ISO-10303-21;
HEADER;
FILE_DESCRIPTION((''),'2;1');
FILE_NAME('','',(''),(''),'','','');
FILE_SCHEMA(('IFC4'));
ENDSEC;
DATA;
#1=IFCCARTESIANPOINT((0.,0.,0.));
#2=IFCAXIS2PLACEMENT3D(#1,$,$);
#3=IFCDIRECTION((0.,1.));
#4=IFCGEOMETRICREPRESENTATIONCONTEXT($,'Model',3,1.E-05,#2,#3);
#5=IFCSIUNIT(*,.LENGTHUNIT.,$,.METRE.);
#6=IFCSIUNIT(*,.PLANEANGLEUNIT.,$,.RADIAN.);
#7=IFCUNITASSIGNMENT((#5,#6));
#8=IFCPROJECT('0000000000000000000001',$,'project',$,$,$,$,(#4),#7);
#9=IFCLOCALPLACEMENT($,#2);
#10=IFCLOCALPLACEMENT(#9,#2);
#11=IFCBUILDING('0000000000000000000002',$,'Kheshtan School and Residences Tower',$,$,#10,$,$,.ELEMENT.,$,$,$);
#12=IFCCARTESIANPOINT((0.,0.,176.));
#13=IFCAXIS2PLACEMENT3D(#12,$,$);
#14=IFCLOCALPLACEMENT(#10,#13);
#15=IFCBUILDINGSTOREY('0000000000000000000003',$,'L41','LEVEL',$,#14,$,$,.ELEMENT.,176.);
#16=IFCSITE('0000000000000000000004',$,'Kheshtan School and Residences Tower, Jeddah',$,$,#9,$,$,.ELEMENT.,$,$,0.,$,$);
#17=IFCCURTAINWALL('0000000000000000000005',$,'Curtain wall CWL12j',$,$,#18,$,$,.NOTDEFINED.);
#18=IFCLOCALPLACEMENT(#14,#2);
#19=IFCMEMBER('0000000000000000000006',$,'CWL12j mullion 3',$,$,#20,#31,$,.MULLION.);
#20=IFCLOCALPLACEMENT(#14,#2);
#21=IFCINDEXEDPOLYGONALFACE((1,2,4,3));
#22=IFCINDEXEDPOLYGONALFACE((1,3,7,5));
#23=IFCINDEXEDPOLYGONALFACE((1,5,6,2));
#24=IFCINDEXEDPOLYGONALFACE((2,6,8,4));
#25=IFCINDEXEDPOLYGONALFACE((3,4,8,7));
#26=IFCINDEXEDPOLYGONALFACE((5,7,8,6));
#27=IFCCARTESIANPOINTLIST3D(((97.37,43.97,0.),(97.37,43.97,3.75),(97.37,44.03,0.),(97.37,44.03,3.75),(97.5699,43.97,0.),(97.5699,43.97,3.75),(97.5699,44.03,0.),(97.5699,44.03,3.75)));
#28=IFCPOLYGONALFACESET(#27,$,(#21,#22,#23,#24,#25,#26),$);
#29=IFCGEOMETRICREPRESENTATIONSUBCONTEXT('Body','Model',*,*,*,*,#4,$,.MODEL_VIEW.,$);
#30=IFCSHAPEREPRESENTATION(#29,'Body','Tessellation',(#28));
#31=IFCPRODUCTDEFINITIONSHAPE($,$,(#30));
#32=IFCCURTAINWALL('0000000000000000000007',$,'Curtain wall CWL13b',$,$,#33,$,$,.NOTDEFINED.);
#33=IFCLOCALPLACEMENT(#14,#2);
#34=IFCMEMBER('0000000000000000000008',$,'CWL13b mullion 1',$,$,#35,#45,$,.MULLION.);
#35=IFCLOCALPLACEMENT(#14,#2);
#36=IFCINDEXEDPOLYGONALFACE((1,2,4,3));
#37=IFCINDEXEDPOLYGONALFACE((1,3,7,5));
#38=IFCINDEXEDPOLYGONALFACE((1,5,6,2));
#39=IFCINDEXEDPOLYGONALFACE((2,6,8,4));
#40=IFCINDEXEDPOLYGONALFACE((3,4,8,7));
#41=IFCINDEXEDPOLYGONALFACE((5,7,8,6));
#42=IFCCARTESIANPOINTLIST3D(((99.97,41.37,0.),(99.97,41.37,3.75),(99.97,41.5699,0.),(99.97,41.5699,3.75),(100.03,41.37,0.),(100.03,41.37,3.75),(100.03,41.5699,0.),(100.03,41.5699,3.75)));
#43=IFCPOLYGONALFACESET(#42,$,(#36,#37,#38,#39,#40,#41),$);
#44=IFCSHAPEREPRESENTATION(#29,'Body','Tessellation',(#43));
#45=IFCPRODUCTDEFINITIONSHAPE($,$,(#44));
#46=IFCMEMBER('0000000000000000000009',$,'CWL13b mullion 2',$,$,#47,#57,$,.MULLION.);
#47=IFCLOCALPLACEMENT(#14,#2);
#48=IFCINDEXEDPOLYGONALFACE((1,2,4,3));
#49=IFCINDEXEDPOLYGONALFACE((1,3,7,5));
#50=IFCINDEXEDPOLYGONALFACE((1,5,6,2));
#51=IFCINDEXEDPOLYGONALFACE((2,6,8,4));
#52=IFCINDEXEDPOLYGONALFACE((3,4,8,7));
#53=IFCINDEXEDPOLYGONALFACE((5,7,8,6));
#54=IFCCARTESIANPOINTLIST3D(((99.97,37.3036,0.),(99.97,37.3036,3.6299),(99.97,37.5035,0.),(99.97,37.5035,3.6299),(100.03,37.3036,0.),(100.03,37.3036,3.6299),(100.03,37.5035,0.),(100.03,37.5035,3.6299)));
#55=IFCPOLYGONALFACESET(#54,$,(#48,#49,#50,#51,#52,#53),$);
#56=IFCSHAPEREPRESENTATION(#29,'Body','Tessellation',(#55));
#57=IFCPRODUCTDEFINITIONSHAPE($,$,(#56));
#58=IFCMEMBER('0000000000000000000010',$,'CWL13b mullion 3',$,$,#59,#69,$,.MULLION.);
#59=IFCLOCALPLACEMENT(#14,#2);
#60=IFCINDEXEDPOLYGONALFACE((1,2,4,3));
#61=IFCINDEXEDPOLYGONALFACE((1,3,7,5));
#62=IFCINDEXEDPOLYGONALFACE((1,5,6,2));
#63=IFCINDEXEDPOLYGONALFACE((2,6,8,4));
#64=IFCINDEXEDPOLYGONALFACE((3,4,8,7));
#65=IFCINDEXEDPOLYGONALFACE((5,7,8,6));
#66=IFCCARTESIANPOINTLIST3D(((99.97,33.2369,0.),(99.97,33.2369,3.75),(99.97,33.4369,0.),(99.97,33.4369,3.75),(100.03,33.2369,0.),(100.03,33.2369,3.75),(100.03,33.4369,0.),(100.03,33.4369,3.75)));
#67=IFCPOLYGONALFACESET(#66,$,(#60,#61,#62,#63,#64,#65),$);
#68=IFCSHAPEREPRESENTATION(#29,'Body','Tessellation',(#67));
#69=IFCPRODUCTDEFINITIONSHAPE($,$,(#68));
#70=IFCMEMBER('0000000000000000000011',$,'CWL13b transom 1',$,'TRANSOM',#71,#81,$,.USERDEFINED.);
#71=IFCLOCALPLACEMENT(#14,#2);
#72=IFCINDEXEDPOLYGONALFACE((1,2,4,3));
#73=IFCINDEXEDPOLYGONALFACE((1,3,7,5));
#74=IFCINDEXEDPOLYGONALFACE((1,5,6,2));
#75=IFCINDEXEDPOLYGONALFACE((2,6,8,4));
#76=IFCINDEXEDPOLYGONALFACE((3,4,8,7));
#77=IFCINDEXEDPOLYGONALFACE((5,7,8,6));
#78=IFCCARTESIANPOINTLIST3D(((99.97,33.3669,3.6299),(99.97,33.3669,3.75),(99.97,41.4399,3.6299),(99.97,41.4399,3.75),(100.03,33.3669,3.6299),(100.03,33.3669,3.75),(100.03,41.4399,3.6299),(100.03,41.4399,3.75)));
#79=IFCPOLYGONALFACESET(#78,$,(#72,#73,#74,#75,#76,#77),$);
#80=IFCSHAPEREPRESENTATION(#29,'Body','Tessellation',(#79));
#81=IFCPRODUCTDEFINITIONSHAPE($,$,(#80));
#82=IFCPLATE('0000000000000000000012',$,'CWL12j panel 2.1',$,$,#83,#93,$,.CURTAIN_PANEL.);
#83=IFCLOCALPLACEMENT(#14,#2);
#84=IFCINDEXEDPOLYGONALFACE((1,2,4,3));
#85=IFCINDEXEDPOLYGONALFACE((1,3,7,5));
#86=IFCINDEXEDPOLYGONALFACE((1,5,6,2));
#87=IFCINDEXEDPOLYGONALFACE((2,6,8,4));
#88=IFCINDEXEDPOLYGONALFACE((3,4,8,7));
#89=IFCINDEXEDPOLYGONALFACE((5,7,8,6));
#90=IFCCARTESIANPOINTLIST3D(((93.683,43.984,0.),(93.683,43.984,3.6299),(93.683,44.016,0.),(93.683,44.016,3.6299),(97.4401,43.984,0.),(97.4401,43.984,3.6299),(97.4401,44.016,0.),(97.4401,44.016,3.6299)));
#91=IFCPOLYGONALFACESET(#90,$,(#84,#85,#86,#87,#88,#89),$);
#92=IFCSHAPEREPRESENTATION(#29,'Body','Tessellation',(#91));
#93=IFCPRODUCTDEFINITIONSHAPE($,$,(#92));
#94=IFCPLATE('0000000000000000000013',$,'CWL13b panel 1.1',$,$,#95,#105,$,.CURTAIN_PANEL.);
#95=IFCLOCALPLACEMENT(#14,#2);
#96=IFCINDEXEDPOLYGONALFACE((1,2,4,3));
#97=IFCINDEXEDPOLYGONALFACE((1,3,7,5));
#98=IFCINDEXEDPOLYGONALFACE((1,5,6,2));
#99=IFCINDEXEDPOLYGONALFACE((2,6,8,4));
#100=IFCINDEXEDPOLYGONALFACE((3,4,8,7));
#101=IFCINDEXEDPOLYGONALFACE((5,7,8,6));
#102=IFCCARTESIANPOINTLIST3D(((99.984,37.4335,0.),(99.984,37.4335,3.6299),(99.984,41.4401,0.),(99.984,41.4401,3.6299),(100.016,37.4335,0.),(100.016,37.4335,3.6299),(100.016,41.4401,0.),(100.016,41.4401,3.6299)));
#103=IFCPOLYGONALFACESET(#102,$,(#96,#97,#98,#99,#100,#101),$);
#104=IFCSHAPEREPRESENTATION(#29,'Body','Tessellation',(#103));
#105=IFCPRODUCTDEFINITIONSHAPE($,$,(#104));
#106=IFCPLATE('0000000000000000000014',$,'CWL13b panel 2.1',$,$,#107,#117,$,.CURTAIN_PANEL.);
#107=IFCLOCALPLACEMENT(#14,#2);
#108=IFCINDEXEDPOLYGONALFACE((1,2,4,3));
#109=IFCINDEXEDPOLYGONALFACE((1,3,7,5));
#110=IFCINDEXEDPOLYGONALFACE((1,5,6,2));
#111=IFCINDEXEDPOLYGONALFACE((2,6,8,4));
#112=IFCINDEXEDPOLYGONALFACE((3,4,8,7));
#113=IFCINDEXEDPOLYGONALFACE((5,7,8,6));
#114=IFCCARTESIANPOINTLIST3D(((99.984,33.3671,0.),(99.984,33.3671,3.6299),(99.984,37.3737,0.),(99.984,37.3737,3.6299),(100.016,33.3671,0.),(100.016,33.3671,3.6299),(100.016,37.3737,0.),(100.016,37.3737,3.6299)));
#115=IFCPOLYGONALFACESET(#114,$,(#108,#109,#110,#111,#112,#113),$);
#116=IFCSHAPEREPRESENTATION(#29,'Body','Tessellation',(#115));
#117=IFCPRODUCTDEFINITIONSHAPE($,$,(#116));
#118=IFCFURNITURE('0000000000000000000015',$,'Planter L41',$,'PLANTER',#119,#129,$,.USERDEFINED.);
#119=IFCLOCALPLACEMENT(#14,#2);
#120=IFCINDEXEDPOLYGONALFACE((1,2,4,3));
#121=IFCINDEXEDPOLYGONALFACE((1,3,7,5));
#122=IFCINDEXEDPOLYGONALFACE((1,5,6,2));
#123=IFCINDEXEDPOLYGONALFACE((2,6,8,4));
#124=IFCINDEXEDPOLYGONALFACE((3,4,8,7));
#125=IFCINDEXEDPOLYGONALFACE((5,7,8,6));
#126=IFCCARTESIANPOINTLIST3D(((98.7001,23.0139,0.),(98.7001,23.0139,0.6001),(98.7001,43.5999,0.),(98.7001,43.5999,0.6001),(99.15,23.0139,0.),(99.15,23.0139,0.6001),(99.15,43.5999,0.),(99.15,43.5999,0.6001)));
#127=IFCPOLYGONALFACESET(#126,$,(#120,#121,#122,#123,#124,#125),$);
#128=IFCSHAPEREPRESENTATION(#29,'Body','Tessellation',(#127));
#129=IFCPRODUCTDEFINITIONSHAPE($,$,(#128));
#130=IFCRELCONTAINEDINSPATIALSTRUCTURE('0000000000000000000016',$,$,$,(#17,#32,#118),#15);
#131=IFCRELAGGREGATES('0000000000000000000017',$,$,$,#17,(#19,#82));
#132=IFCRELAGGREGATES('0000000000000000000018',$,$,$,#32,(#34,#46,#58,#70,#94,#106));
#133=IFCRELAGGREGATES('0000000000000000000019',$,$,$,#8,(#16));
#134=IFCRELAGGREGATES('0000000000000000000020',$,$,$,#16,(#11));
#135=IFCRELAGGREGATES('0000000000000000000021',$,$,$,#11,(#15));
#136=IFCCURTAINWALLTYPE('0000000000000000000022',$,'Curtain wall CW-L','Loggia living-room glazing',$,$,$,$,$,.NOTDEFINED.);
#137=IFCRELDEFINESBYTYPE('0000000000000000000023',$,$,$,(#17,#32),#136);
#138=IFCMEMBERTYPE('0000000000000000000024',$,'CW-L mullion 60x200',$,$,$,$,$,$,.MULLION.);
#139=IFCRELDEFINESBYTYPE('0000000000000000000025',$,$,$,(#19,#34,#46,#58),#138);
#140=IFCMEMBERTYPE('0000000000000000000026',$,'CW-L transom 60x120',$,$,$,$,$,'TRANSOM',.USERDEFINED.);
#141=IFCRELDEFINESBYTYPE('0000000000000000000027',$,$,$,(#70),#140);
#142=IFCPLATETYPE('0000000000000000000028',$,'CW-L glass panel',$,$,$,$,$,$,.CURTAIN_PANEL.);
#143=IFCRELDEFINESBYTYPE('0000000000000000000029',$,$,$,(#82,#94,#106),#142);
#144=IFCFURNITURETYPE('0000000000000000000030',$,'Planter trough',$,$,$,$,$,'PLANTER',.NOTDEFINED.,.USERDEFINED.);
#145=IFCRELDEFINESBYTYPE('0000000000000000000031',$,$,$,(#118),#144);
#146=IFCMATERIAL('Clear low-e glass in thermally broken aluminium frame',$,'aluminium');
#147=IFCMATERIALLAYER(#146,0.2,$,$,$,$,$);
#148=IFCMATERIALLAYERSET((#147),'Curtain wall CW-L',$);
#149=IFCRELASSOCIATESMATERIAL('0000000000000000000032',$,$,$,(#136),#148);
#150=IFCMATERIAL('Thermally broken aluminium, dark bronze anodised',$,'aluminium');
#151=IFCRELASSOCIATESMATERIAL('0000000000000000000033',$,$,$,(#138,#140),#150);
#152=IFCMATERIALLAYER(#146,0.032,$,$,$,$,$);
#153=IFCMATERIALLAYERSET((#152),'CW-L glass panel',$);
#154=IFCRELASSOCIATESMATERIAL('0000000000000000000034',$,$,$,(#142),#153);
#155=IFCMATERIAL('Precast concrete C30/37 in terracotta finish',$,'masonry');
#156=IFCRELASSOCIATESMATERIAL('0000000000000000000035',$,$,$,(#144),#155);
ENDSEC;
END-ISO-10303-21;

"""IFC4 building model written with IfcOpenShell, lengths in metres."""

from ifc_helpers import new_model, si_unit, direction, frame, origin, origin_2d, place, context, subcontext, project, spatial, rectangle, extrude, material, layer, layer_set, material_profile, profile_set, type_object, element, aggregate, save


model = new_model("IFC4")

# Units and contexts
model_context = context("Model", 3, precision=1e-05, world=origin(), true_north=direction((0.0, 1.0)))
body_context = subcontext(model_context, "Body", "Model", "MODEL_VIEW")
ifc_project = project(units=[si_unit("LENGTHUNIT", "METRE"), si_unit("PLANEANGLEUNIT", "RADIAN")], contexts=[model_context])

# Site, building, storey
site_placement = place(None, origin())
site = spatial("IfcSite", under=ifc_project, at=site_placement, Name="Kheshtan School and Residences Tower, Jeddah", CompositionType="ELEMENT", RefElevation=0.0)
building_placement = place(site_placement, origin())
building = spatial("IfcBuilding", under=site, at=building_placement, Name="Kheshtan School and Residences Tower", CompositionType="ELEMENT")
storey_placement = place(building_placement, frame((0.0, 0.0, 176.0)))
storey = spatial("IfcBuildingStorey", under=building, at=storey_placement, Name="L41", Description="LEVEL", CompositionType="ELEMENT", Elevation=176.0)

# Curtain wall, member
ifc_material_1 = material(Name="Clear low-e glass in thermally broken aluminium frame", Category="aluminium")
ifc_layer_1 = layer(ifc_material_1, 0.2)
ifc_layer_set_1 = layer_set([ifc_layer_1], Name="Curtain wall CW-L")
curtain_wall_type = type_object("IfcCurtainWallType", Name="Curtain wall CW-L", Description="Loggia living-room glazing", PredefinedType="NOTDEFINED", material=ifc_layer_set_1)
curtain_wall_1_placement = place(storey_placement, origin())
curtain_wall_1 = element("IfcCurtainWall", 1, at=curtain_wall_1_placement, inside=storey, type_object=curtain_wall_type, Name="Curtain wall CWL12j", PredefinedType="NOTDEFINED")
ifc_material_2 = material(Name="Thermally broken aluminium, dark bronze anodised", Category="aluminium")
ifc_material_profile_1 = material_profile(ifc_material_2, rectangle(XDim=0.0601, YDim=0.2, at=origin_2d()), Name="CW-L mullion 60x200")
ifc_profile_set_1 = profile_set([ifc_material_profile_1], Name="Thermally broken aluminium, dark bronze anodised")
member_type_1 = type_object("IfcMemberType", Name="CW-L mullion 60x200", PredefinedType="MULLION", material=ifc_profile_set_1)
member_1_placement = place(storey_placement, frame((97.47, 44.0, 0.0), z_axis=(0.0, 0.0, 1.0), x_axis=(0.0, 1.0, 0.0)))
member_1 = element("IfcMember", 2, at=member_1_placement, type_object=member_type_1, Name="CWL12j mullion 3", PredefinedType="MULLION", context=body_context, shape_type="SweptSolid", body=[
    extrude(rectangle(XDim=0.0601, YDim=0.2, at=origin_2d()), origin(), (0.0, 0.0, 1.0), 3.75),
])

# Curtain wall, members
curtain_wall_2_placement = place(storey_placement, origin())
curtain_wall_2 = element("IfcCurtainWall", 3, at=curtain_wall_2_placement, inside=storey, type_object=curtain_wall_type, Name="Curtain wall CWL13b", PredefinedType="NOTDEFINED")
member_2_placement = place(storey_placement, frame((100.0, 41.47, 0.0), z_axis=(0.0, 0.0, 1.0), x_axis=(1.0, 0.0, 0.0)))
member_2 = element("IfcMember", 4, at=member_2_placement, type_object=member_type_1, Name="CWL13b mullion 1", PredefinedType="MULLION", context=body_context, shape_type="SweptSolid", body=[
    extrude(rectangle(XDim=0.0601, YDim=0.2, at=origin_2d()), origin(), (0.0, 0.0, 1.0), 3.75),
])
member_3_placement = place(storey_placement, frame((100.0, 37.4036, 0.0), z_axis=(0.0, 0.0, 1.0), x_axis=(1.0, 0.0, 0.0)))
member_3 = element("IfcMember", 5, at=member_3_placement, type_object=member_type_1, Name="CWL13b mullion 2", PredefinedType="MULLION", context=body_context, shape_type="SweptSolid", body=[
    extrude(rectangle(XDim=0.0601, YDim=0.2, at=origin_2d()), origin(), (0.0, 0.0, 1.0), 3.6299),
])
member_4_placement = place(storey_placement, frame((100.0, 33.3369, 0.0), z_axis=(0.0, 0.0, 1.0), x_axis=(1.0, 0.0, 0.0)))
member_4 = element("IfcMember", 6, at=member_4_placement, type_object=member_type_1, Name="CWL13b mullion 3", PredefinedType="MULLION", context=body_context, shape_type="SweptSolid", body=[
    extrude(rectangle(XDim=0.0601, YDim=0.2, at=origin_2d()), origin(), (0.0, 0.0, 1.0), 3.75),
])
ifc_material_profile_2 = material_profile(ifc_material_2, rectangle(XDim=0.0601, YDim=0.1201, at=origin_2d()), Name="CW-L transom 60x120")
ifc_profile_set_2 = profile_set([ifc_material_profile_2], Name="Thermally broken aluminium, dark bronze anodised")
member_type_2 = type_object("IfcMemberType", Name="CW-L transom 60x120", ElementType="TRANSOM", PredefinedType="USERDEFINED", material=ifc_profile_set_2)
member_5_placement = place(storey_placement, frame((100.0, 41.4399, 3.6899), z_axis=(0.0, -1.0, 0.0), x_axis=(1.0, 0.0, 0.0)))
member_5 = element("IfcMember", 7, at=member_5_placement, type_object=member_type_2, Name="CWL13b transom 1", ObjectType="TRANSOM", PredefinedType="USERDEFINED", context=body_context, shape_type="SweptSolid", body=[
    extrude(rectangle(XDim=0.0601, YDim=0.1201, at=origin_2d()), origin(), (0.0, 0.0, 1.0), 8.073),
])

# Plates
ifc_layer_2 = layer(ifc_material_1, 0.032)
ifc_layer_set_2 = layer_set([ifc_layer_2], Name="CW-L glass panel")
plate_type = type_object("IfcPlateType", Name="CW-L glass panel", PredefinedType="CURTAIN_PANEL", material=ifc_layer_set_2)
plate_1_placement = place(storey_placement, frame((95.5615, 44.0, 0.0), z_axis=(0.0, 0.0, 1.0), x_axis=(1.0, 0.0, 0.0)))
plate_1 = element("IfcPlate", 8, at=plate_1_placement, type_object=plate_type, Name="CWL12j panel 2.1", PredefinedType="CURTAIN_PANEL", context=body_context, shape_type="SweptSolid", body=[
    extrude(rectangle(XDim=3.7571, YDim=0.032, at=origin_2d()), origin(), (0.0, 0.0, 1.0), 3.6299),
])
aggregate(curtain_wall_1, [member_1, plate_1])
plate_2_placement = place(storey_placement, frame((100.0, 39.4368, 0.0), z_axis=(0.0, 0.0, 1.0), x_axis=(0.0, -1.0, 0.0)))
plate_2 = element("IfcPlate", 9, at=plate_2_placement, type_object=plate_type, Name="CWL13b panel 1.1", PredefinedType="CURTAIN_PANEL", context=body_context, shape_type="SweptSolid", body=[
    extrude(rectangle(XDim=4.0066, YDim=0.032, at=origin_2d()), origin(), (0.0, 0.0, 1.0), 3.6299),
])
plate_3_placement = place(storey_placement, frame((100.0, 35.3704, 0.0), z_axis=(0.0, 0.0, 1.0), x_axis=(0.0, -1.0, 0.0)))
plate_3 = element("IfcPlate", 10, at=plate_3_placement, type_object=plate_type, Name="CWL13b panel 2.1", PredefinedType="CURTAIN_PANEL", context=body_context, shape_type="SweptSolid", body=[
    extrude(rectangle(XDim=4.0066, YDim=0.032, at=origin_2d()), origin(), (0.0, 0.0, 1.0), 3.6299),
])
aggregate(curtain_wall_2, [member_2, member_3, member_4, member_5, plate_2, plate_3])

# Furniture
ifc_material_3 = material(Name="Precast concrete C30/37 in terracotta finish", Category="masonry")
furniture_type = type_object("IfcFurnitureType", Name="Planter trough", ElementType="PLANTER", AssemblyPlace="NOTDEFINED", PredefinedType="USERDEFINED", material=ifc_material_3)
furniture_placement = place(storey_placement, frame((98.925, 33.3069, 0.0), z_axis=(0.0, 0.0, 1.0), x_axis=(0.0, -1.0, 0.0)))
element("IfcFurniture", 11, at=furniture_placement, inside=storey, type_object=furniture_type, Name="Planter L41", ObjectType="PLANTER", PredefinedType="USERDEFINED", context=body_context, shape_type="SweptSolid", body=[
    extrude(rectangle(XDim=20.5859, YDim=0.45, at=origin_2d()), origin(), (0.0, 0.0, 1.0), 0.6001),
])

save(model, "model.ifc")
